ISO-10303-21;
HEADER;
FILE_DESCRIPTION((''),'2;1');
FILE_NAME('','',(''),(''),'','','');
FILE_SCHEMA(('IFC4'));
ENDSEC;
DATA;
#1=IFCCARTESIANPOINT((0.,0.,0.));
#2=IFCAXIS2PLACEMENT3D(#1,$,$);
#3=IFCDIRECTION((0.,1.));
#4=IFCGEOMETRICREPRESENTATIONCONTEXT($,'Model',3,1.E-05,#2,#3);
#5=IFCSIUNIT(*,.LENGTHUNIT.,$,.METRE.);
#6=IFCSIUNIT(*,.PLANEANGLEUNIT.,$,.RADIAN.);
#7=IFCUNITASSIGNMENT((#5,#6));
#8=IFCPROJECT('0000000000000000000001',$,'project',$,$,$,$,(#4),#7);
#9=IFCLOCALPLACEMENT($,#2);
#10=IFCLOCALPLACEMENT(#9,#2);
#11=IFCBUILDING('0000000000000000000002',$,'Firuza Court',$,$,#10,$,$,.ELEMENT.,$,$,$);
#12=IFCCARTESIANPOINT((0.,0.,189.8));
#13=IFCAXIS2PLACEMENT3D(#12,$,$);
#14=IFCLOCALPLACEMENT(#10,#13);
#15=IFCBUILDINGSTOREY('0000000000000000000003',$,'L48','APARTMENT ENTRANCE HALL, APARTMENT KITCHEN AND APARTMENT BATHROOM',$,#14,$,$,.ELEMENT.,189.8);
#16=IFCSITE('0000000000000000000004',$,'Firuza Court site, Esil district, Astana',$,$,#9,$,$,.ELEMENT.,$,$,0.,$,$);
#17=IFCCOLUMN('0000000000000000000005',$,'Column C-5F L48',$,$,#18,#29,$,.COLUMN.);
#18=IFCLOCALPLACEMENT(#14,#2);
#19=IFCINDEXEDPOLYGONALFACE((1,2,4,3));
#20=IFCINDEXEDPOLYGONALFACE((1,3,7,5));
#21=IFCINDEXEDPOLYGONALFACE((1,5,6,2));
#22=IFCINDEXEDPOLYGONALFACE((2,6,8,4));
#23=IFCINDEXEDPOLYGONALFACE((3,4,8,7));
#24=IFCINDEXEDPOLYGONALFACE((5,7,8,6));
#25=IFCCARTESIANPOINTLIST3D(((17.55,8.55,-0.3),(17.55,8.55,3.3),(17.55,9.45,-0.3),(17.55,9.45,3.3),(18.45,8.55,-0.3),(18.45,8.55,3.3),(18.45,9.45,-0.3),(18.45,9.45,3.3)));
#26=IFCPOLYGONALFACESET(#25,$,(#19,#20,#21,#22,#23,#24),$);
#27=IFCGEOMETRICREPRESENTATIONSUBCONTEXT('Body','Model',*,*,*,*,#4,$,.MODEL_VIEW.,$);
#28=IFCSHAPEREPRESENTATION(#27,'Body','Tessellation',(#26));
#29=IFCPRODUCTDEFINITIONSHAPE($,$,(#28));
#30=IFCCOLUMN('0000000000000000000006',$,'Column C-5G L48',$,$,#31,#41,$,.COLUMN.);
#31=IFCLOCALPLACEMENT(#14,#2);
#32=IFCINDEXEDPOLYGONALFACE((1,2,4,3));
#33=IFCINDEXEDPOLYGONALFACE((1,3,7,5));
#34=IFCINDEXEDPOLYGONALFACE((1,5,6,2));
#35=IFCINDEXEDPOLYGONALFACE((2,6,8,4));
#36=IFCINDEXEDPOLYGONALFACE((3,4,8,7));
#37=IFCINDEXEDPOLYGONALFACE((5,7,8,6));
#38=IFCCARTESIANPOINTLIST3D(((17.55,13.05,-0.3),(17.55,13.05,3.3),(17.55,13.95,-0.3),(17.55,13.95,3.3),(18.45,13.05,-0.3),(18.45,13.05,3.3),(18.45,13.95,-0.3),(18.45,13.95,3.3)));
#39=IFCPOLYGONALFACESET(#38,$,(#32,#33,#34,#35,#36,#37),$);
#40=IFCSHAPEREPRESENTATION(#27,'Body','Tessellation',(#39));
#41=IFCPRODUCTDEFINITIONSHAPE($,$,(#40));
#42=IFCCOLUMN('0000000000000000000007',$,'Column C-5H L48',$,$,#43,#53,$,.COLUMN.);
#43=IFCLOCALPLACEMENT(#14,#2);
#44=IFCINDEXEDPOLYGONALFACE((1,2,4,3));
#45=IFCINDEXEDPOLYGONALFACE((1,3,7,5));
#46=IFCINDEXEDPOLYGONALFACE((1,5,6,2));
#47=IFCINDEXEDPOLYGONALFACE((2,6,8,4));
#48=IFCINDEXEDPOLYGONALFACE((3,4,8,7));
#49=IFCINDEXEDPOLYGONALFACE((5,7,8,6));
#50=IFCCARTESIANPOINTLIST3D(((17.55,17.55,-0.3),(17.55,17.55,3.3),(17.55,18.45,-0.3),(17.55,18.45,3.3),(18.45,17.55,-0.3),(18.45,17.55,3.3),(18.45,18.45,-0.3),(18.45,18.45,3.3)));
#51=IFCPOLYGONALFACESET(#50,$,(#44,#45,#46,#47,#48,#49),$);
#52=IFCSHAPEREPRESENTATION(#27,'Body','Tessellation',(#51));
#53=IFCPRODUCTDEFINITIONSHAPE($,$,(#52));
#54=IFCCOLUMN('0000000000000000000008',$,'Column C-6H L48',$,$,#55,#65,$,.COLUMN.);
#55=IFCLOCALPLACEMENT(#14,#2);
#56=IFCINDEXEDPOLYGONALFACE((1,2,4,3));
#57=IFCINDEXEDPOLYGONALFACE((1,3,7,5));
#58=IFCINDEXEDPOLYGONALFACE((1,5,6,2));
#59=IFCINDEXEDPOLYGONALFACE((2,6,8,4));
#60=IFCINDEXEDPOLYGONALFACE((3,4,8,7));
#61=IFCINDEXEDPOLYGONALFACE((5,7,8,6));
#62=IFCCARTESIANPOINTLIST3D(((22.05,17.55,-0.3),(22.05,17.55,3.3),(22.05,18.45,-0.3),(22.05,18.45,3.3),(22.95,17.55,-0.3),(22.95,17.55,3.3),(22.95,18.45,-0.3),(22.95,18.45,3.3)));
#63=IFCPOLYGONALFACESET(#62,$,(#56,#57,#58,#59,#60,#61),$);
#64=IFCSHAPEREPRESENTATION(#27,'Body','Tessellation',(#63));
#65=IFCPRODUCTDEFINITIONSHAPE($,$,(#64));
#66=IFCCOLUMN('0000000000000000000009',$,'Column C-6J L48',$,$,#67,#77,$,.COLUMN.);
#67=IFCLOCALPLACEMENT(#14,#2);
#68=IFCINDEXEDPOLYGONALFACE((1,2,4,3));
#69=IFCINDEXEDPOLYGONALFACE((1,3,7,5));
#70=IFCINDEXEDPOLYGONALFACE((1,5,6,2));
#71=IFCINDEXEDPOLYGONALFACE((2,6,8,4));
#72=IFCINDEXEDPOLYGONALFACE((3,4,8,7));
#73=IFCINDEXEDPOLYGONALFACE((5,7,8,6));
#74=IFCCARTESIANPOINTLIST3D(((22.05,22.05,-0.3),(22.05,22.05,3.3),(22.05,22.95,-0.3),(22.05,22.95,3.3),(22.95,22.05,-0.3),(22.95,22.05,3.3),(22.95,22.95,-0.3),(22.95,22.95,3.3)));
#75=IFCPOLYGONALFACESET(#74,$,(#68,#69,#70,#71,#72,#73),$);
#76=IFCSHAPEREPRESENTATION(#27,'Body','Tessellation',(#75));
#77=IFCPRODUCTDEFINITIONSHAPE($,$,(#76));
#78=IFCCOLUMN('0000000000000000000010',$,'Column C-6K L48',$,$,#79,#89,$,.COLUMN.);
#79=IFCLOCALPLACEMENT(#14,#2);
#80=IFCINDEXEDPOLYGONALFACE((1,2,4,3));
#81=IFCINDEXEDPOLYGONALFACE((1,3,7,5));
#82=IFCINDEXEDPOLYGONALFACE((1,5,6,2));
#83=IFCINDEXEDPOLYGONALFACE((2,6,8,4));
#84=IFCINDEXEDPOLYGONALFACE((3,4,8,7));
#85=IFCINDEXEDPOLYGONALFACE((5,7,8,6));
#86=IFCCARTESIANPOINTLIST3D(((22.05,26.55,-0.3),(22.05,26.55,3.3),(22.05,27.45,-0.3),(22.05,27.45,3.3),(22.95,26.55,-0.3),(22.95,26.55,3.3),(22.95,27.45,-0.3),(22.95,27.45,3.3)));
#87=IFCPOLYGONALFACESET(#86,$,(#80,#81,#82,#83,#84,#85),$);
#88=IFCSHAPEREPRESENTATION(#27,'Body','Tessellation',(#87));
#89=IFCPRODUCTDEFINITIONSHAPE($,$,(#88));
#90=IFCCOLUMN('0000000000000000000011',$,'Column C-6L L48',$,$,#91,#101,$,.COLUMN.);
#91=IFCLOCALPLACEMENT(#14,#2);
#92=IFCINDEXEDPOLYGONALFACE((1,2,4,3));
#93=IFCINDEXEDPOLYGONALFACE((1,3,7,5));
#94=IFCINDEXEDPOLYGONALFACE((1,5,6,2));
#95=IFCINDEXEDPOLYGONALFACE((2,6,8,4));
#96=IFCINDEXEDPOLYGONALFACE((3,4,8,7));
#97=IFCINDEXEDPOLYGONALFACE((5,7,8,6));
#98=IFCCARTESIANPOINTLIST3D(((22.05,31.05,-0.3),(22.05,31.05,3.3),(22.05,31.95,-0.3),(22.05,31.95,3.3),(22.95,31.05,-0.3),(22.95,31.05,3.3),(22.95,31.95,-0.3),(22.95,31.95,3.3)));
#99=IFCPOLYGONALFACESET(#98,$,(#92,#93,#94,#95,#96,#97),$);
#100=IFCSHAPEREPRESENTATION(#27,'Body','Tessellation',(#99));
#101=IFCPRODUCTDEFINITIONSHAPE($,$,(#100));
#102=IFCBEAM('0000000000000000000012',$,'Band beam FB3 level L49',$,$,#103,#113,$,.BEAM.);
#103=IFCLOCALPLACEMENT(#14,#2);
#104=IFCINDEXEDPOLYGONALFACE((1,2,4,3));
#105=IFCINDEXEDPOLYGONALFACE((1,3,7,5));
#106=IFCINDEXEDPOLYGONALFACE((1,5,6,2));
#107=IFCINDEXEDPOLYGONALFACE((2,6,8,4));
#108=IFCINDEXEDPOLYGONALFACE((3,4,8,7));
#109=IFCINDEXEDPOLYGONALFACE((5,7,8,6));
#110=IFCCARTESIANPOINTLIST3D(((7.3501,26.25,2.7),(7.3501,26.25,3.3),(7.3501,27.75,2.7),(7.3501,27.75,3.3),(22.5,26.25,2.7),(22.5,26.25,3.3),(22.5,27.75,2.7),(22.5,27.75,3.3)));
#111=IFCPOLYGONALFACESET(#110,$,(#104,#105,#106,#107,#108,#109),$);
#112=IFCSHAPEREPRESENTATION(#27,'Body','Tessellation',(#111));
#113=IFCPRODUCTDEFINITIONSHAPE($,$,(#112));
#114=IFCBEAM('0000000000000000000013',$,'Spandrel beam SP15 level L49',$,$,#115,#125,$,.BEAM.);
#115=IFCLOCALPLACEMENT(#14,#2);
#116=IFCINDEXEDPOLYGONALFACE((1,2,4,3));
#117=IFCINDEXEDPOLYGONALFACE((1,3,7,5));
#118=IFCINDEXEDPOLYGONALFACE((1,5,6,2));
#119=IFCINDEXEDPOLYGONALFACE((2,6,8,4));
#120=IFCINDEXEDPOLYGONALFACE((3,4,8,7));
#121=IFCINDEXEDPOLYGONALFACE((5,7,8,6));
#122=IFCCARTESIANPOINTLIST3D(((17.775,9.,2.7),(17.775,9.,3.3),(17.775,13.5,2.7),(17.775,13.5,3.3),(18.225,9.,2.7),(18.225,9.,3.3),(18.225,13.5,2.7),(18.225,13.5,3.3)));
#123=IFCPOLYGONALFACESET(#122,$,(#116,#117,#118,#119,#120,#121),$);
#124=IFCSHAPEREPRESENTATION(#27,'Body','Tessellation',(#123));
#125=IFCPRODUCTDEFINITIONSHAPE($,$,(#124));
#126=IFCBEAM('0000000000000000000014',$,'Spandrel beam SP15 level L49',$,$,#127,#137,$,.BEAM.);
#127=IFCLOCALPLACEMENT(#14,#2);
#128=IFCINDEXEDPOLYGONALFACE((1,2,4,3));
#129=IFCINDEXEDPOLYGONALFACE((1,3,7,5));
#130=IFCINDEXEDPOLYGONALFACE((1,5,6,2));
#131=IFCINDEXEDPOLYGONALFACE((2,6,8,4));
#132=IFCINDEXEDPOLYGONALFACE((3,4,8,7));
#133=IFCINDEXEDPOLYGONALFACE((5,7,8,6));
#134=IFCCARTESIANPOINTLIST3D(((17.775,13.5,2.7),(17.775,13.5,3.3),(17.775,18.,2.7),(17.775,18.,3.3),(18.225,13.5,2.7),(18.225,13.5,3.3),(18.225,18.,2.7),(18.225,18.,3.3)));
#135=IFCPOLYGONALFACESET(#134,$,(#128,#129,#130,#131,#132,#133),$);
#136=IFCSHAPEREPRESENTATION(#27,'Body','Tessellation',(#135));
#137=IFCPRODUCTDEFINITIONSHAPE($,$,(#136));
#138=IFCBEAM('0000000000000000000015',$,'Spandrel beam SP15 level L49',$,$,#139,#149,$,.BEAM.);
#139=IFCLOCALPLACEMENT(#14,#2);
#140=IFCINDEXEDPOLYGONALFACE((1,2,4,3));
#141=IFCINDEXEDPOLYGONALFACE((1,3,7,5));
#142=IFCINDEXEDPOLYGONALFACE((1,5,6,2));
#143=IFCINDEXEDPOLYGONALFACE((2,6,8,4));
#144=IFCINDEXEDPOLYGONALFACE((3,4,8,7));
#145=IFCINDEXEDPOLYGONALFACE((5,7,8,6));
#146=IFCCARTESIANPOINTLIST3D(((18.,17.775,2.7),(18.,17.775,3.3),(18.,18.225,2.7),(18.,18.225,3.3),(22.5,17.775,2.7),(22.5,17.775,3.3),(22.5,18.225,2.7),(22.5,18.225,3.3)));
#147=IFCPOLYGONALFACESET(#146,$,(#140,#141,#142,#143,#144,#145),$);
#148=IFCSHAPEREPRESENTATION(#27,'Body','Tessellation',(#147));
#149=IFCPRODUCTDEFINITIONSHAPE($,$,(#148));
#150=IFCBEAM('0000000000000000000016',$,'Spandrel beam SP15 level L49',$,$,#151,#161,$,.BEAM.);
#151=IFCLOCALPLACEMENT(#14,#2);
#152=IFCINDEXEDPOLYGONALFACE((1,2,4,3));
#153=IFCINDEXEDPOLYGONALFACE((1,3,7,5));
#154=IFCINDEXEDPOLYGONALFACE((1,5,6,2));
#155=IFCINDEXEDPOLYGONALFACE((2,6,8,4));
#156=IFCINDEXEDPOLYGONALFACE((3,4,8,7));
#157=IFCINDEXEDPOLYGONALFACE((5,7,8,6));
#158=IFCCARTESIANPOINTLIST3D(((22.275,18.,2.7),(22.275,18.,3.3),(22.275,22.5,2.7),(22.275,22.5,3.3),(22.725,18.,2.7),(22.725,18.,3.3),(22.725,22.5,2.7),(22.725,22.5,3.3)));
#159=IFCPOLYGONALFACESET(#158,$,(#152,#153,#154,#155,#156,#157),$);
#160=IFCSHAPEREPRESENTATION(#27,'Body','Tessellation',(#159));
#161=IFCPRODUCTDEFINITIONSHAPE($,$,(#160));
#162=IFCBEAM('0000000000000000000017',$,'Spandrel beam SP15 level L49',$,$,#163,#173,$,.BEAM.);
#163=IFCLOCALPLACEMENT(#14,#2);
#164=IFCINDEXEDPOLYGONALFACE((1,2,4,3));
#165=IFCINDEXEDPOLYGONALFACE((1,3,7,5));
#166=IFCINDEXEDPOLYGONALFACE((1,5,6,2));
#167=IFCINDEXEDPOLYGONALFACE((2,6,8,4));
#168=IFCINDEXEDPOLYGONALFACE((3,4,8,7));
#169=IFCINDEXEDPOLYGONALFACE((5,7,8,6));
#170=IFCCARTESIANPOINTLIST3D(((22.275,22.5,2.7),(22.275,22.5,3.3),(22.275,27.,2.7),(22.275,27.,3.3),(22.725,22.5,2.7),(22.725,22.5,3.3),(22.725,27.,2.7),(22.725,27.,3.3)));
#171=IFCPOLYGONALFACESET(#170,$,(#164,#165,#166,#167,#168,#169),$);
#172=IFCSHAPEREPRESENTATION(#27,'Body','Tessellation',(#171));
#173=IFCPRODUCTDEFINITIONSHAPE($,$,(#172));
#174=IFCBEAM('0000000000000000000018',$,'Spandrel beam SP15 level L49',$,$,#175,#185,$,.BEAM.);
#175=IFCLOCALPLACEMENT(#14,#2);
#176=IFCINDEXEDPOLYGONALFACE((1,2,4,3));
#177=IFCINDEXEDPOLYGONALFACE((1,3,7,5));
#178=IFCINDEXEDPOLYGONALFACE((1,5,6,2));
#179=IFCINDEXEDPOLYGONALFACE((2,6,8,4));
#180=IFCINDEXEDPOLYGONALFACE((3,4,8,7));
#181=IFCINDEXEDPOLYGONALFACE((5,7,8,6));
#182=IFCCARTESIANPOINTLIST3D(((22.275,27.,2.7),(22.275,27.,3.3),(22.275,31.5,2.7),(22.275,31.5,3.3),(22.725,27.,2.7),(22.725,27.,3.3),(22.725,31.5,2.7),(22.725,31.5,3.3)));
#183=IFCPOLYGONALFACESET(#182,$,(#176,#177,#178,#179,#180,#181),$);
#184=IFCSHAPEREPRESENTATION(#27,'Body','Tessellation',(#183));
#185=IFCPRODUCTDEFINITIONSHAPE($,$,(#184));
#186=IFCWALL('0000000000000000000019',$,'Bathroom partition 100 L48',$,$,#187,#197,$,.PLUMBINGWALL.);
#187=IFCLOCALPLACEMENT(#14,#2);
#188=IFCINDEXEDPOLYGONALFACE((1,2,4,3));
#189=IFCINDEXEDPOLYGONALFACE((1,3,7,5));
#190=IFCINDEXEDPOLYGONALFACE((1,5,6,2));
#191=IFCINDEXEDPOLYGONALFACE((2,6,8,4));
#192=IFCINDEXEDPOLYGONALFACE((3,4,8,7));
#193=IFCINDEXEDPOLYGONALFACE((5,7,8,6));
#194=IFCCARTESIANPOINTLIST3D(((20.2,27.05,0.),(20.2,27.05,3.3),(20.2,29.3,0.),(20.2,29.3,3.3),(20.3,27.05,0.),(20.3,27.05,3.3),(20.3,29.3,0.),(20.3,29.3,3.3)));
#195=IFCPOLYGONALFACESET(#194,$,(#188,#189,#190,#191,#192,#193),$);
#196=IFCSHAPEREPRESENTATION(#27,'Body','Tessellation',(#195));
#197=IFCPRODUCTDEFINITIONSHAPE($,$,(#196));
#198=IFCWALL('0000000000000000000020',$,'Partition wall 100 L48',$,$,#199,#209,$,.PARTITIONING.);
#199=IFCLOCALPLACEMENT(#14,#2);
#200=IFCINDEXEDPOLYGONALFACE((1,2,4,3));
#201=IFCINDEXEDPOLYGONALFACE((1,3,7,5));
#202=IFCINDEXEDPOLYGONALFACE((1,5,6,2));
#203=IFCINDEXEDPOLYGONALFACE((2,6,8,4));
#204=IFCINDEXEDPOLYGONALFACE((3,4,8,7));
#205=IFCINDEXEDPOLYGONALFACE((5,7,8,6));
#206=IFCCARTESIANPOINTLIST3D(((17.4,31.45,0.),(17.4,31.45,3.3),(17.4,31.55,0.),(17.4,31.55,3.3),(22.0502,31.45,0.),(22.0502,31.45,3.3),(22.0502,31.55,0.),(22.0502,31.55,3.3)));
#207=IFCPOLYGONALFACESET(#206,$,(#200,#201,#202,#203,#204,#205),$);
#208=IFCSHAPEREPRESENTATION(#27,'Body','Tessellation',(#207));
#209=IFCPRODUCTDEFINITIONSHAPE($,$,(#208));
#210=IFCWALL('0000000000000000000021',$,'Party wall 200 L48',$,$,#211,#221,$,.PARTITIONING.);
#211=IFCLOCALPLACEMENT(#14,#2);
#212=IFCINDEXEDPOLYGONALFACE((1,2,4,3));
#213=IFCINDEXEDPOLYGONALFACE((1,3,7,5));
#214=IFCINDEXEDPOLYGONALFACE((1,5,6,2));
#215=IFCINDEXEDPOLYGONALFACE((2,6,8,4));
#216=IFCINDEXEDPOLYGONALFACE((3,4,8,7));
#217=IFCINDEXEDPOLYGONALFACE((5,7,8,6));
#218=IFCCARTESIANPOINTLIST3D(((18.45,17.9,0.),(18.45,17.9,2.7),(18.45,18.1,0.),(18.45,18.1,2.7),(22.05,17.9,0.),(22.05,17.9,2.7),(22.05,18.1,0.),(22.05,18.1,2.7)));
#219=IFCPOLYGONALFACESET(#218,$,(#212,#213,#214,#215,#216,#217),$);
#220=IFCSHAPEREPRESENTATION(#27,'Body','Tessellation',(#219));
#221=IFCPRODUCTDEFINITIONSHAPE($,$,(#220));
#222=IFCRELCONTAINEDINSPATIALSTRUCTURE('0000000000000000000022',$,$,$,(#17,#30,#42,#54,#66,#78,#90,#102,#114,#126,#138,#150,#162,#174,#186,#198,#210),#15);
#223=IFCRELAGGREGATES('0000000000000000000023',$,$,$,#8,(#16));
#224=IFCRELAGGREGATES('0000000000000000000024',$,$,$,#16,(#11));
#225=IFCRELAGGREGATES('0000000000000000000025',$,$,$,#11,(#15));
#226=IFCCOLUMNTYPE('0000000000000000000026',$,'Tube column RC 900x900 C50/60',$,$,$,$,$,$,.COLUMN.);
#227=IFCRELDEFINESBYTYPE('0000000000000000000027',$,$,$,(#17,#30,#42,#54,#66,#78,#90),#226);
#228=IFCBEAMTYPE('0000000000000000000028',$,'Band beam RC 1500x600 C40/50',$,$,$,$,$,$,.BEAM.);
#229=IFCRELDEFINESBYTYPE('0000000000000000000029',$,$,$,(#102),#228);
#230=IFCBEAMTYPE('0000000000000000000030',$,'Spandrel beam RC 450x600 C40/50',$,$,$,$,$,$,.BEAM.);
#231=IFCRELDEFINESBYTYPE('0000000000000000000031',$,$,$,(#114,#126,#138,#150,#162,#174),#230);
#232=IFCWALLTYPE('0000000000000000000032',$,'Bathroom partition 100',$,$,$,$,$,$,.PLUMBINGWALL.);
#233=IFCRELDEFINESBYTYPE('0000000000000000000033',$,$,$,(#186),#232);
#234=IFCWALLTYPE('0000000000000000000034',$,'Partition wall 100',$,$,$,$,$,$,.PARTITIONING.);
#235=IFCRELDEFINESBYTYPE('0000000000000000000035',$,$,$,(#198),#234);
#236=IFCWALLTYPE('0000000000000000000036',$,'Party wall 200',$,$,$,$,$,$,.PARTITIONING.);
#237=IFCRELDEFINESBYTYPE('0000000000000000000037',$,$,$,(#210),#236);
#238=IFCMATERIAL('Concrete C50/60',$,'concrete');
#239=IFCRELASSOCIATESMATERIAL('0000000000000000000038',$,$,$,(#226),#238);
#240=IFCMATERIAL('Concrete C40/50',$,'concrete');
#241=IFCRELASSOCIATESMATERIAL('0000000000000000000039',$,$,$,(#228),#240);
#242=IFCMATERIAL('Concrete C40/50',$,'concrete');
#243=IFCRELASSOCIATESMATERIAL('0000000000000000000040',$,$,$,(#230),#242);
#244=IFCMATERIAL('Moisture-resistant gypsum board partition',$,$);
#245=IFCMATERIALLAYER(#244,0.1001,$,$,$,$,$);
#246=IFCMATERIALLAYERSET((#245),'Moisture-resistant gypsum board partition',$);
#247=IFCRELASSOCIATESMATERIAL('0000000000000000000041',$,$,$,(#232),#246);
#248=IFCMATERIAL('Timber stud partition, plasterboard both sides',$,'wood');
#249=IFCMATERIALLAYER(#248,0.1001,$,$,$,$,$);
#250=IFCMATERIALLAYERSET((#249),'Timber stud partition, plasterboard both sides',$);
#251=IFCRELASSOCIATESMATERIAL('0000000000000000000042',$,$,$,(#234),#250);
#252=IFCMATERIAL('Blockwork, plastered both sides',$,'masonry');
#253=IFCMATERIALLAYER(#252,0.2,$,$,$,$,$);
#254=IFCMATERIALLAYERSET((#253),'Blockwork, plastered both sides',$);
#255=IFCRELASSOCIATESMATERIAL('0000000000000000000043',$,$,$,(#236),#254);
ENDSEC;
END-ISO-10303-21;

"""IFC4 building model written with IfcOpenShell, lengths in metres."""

from ifc_helpers import new_model, si_unit, direction, frame, frame_2d, origin, origin_2d, place, context, subcontext, project, spatial, rectangle, extrude, material, layer, layer_set, material_profile, profile_set, type_object, element, save


model = new_model("IFC4")

# Units and contexts
model_context = context("Model", 3, precision=1e-05, world=origin(), true_north=direction((0.0, 1.0)))
body_context = subcontext(model_context, "Body", "Model", "MODEL_VIEW")
ifc_project = project(units=[si_unit("LENGTHUNIT", "METRE"), si_unit("PLANEANGLEUNIT", "RADIAN")], contexts=[model_context])

# Site, building, storey
site_placement = place(None, origin())
site = spatial("IfcSite", under=ifc_project, at=site_placement, Name="Firuza Court site, Esil district, Astana", CompositionType="ELEMENT", RefElevation=0.0)
building_placement = place(site_placement, origin())
building = spatial("IfcBuilding", under=site, at=building_placement, Name="Firuza Court", CompositionType="ELEMENT")
storey_placement = place(building_placement, frame((0.0, 0.0, 189.8)))
storey = spatial("IfcBuildingStorey", under=building, at=storey_placement, Name="L48", Description="APARTMENT ENTRANCE HALL, APARTMENT KITCHEN AND APARTMENT BATHROOM", CompositionType="ELEMENT", Elevation=189.8)

# Columns
ifc_material_1 = material(Name="Concrete C50/60", Category="concrete")
ifc_material_profile_1 = material_profile(ifc_material_1, rectangle(XDim=0.8999, YDim=0.8999, at=origin_2d()), Name="RC 900x900")
ifc_profile_set_1 = profile_set([ifc_material_profile_1], Name="Concrete C50/60")
column_type = type_object("IfcColumnType", Name="Tube column RC 900x900 C50/60", PredefinedType="COLUMN", material=ifc_profile_set_1)
for number, where, z_axis, x_axis, name in (
    (1, (18.0, 9.0, -0.3), (0.0, 0.0, 1.0), (1.0, 0.0, 0.0), "Column C-5F L48"),
    (2, (18.0, 13.5, -0.3), (0.0, 0.0, 1.0), (1.0, 0.0, 0.0), "Column C-5G L48"),
    (3, (18.0, 18.0, -0.3), (0.0, 0.0, 1.0), (1.0, 0.0, 0.0), "Column C-5H L48"),
    (4, (22.5, 18.0, -0.3), (0.0, 0.0, 1.0), (1.0, 0.0, 0.0), "Column C-6H L48"),
    (5, (22.5, 22.5, -0.3), (0.0, 0.0, 1.0), (1.0, 0.0, 0.0), "Column C-6J L48"),
    (6, (22.5, 27.0, -0.3), (0.0, 0.0, 1.0), (1.0, 0.0, 0.0), "Column C-6K L48"),
    (7, (22.5, 31.5, -0.3), (0.0, 0.0, 1.0), (1.0, 0.0, 0.0), "Column C-6L L48"),
):
    element("IfcColumn", number, at=place(storey_placement, frame(where, z_axis=z_axis, x_axis=x_axis)), inside=storey, type_object=column_type, Name=name, PredefinedType="COLUMN", context=body_context, shape_type="SweptSolid", body=[
        extrude(rectangle(XDim=0.8999, YDim=0.8999, at=origin_2d()), origin(), (0.0, 0.0, 1.0), 3.6001),
    ])

# Beams
ifc_material_2 = material(Name="Concrete C40/50", Category="concrete")
ifc_material_profile_2 = material_profile(ifc_material_2, rectangle(XDim=1.5, YDim=0.6001, at=origin_2d()), Name="RC 1500x600")
ifc_profile_set_2 = profile_set([ifc_material_profile_2], Name="Concrete C40/50")
beam_type_1 = type_object("IfcBeamType", Name="Band beam RC 1500x600 C40/50", PredefinedType="BEAM", material=ifc_profile_set_2)
beam_placement = place(storey_placement, frame((22.5, 27.0, 3.0), z_axis=(-1.0, 0.0, 0.0), x_axis=(0.0, -1.0, 0.0)))
element("IfcBeam", 8, at=beam_placement, inside=storey, type_object=beam_type_1, Name="Band beam FB3 level L49", PredefinedType="BEAM", context=body_context, shape_type="SweptSolid", body=[
    extrude(rectangle(XDim=1.5, YDim=0.6001, at=origin_2d()), origin(), (0.0, 0.0, 1.0), 15.1499),
])
ifc_material_3 = material(Name="Concrete C40/50", Category="concrete")
ifc_material_profile_3 = material_profile(ifc_material_3, rectangle(XDim=0.45, YDim=0.6001, at=origin_2d()), Name="RC 450x600")
ifc_profile_set_3 = profile_set([ifc_material_profile_3], Name="Concrete C40/50")
beam_type_2 = type_object("IfcBeamType", Name="Spandrel beam RC 450x600 C40/50", PredefinedType="BEAM", material=ifc_profile_set_3)
for number, where, z_axis, x_axis, name in (
    (9, (18.0, 9.0, 3.0), (0.0, 1.0, 0.0), (-1.0, 0.0, 0.0), "Spandrel beam SP15 level L49"),
    (10, (18.0, 13.5, 3.0), (0.0, 1.0, 0.0), (-1.0, 0.0, 0.0), "Spandrel beam SP15 level L49"),
    (11, (18.0, 18.0, 3.0), (1.0, 0.0, 0.0), (0.0, 1.0, 0.0), "Spandrel beam SP15 level L49"),
    (12, (22.5, 18.0, 3.0), (0.0, 1.0, 0.0), (-1.0, 0.0, 0.0), "Spandrel beam SP15 level L49"),
    (13, (22.5, 22.5, 3.0), (0.0, 1.0, 0.0), (-1.0, 0.0, 0.0), "Spandrel beam SP15 level L49"),
    (14, (22.5, 27.0, 3.0), (0.0, 1.0, 0.0), (-1.0, 0.0, 0.0), "Spandrel beam SP15 level L49"),
):
    element("IfcBeam", number, at=place(storey_placement, frame(where, z_axis=z_axis, x_axis=x_axis)), inside=storey, type_object=beam_type_2, Name=name, PredefinedType="BEAM", context=body_context, shape_type="SweptSolid", body=[
        extrude(rectangle(XDim=0.45, YDim=0.6001, at=origin_2d()), origin(), (0.0, 0.0, 1.0), 4.5),
    ])

# Walls
ifc_material_4 = material(Name="Moisture-resistant gypsum board partition")
ifc_layer_1 = layer(ifc_material_4, 0.1001)
ifc_layer_set_1 = layer_set([ifc_layer_1], Name="Moisture-resistant gypsum board partition")
wall_type_1 = type_object("IfcWallType", Name="Bathroom partition 100", PredefinedType="PLUMBINGWALL", material=ifc_layer_set_1)
wall_1_placement = place(storey_placement, frame((20.25, 27.05, 0.0), z_axis=(0.0, 0.0, 1.0), x_axis=(0.0, 1.0, 0.0)))
element("IfcWall", 15, at=wall_1_placement, inside=storey, type_object=wall_type_1, Name="Bathroom partition 100 L48", PredefinedType="PLUMBINGWALL", context=body_context, shape_type="SweptSolid", body=[
    extrude(rectangle(XDim=2.25, YDim=0.1001, at=frame_2d((1.125, 0.0))), origin(), (0.0, 0.0, 1.0), 3.3),
])
ifc_material_5 = material(Name="Timber stud partition, plasterboard both sides", Category="wood")
ifc_layer_2 = layer(ifc_material_5, 0.1001)
ifc_layer_set_2 = layer_set([ifc_layer_2], Name="Timber stud partition, plasterboard both sides")
wall_type_2 = type_object("IfcWallType", Name="Partition wall 100", PredefinedType="PARTITIONING", material=ifc_layer_set_2)
wall_2_placement = place(storey_placement, frame((17.3999, 31.5, 0.0), z_axis=(0.0, 0.0, 1.0), x_axis=(1.0, 0.0, 0.0)))
element("IfcWall", 16, at=wall_2_placement, inside=storey, type_object=wall_type_2, Name="Partition wall 100 L48", PredefinedType="PARTITIONING", context=body_context, shape_type="SweptSolid", body=[
    extrude(rectangle(XDim=4.6501, YDim=0.1001, at=frame_2d((2.3252, 0.0))), origin(), (0.0, 0.0, 1.0), 3.3),
])
ifc_material_6 = material(Name="Blockwork, plastered both sides", Category="masonry")
ifc_layer_3 = layer(ifc_material_6, 0.2)
ifc_layer_set_3 = layer_set([ifc_layer_3], Name="Blockwork, plastered both sides")
wall_type_3 = type_object("IfcWallType", Name="Party wall 200", PredefinedType="PARTITIONING", material=ifc_layer_set_3)
wall_3_placement = place(storey_placement, frame((18.45, 18.0, 0.0), z_axis=(0.0, 0.0, 1.0), x_axis=(1.0, 0.0, 0.0)))
element("IfcWall", 17, at=wall_3_placement, inside=storey, type_object=wall_type_3, Name="Party wall 200 L48", PredefinedType="PARTITIONING", context=body_context, shape_type="SweptSolid", body=[
    extrude(rectangle(XDim=3.6001, YDim=0.2, at=frame_2d((1.8, 0.0))), origin(), (0.0, 0.0, 1.0), 2.7),
])

save(model, "model.ifc")
